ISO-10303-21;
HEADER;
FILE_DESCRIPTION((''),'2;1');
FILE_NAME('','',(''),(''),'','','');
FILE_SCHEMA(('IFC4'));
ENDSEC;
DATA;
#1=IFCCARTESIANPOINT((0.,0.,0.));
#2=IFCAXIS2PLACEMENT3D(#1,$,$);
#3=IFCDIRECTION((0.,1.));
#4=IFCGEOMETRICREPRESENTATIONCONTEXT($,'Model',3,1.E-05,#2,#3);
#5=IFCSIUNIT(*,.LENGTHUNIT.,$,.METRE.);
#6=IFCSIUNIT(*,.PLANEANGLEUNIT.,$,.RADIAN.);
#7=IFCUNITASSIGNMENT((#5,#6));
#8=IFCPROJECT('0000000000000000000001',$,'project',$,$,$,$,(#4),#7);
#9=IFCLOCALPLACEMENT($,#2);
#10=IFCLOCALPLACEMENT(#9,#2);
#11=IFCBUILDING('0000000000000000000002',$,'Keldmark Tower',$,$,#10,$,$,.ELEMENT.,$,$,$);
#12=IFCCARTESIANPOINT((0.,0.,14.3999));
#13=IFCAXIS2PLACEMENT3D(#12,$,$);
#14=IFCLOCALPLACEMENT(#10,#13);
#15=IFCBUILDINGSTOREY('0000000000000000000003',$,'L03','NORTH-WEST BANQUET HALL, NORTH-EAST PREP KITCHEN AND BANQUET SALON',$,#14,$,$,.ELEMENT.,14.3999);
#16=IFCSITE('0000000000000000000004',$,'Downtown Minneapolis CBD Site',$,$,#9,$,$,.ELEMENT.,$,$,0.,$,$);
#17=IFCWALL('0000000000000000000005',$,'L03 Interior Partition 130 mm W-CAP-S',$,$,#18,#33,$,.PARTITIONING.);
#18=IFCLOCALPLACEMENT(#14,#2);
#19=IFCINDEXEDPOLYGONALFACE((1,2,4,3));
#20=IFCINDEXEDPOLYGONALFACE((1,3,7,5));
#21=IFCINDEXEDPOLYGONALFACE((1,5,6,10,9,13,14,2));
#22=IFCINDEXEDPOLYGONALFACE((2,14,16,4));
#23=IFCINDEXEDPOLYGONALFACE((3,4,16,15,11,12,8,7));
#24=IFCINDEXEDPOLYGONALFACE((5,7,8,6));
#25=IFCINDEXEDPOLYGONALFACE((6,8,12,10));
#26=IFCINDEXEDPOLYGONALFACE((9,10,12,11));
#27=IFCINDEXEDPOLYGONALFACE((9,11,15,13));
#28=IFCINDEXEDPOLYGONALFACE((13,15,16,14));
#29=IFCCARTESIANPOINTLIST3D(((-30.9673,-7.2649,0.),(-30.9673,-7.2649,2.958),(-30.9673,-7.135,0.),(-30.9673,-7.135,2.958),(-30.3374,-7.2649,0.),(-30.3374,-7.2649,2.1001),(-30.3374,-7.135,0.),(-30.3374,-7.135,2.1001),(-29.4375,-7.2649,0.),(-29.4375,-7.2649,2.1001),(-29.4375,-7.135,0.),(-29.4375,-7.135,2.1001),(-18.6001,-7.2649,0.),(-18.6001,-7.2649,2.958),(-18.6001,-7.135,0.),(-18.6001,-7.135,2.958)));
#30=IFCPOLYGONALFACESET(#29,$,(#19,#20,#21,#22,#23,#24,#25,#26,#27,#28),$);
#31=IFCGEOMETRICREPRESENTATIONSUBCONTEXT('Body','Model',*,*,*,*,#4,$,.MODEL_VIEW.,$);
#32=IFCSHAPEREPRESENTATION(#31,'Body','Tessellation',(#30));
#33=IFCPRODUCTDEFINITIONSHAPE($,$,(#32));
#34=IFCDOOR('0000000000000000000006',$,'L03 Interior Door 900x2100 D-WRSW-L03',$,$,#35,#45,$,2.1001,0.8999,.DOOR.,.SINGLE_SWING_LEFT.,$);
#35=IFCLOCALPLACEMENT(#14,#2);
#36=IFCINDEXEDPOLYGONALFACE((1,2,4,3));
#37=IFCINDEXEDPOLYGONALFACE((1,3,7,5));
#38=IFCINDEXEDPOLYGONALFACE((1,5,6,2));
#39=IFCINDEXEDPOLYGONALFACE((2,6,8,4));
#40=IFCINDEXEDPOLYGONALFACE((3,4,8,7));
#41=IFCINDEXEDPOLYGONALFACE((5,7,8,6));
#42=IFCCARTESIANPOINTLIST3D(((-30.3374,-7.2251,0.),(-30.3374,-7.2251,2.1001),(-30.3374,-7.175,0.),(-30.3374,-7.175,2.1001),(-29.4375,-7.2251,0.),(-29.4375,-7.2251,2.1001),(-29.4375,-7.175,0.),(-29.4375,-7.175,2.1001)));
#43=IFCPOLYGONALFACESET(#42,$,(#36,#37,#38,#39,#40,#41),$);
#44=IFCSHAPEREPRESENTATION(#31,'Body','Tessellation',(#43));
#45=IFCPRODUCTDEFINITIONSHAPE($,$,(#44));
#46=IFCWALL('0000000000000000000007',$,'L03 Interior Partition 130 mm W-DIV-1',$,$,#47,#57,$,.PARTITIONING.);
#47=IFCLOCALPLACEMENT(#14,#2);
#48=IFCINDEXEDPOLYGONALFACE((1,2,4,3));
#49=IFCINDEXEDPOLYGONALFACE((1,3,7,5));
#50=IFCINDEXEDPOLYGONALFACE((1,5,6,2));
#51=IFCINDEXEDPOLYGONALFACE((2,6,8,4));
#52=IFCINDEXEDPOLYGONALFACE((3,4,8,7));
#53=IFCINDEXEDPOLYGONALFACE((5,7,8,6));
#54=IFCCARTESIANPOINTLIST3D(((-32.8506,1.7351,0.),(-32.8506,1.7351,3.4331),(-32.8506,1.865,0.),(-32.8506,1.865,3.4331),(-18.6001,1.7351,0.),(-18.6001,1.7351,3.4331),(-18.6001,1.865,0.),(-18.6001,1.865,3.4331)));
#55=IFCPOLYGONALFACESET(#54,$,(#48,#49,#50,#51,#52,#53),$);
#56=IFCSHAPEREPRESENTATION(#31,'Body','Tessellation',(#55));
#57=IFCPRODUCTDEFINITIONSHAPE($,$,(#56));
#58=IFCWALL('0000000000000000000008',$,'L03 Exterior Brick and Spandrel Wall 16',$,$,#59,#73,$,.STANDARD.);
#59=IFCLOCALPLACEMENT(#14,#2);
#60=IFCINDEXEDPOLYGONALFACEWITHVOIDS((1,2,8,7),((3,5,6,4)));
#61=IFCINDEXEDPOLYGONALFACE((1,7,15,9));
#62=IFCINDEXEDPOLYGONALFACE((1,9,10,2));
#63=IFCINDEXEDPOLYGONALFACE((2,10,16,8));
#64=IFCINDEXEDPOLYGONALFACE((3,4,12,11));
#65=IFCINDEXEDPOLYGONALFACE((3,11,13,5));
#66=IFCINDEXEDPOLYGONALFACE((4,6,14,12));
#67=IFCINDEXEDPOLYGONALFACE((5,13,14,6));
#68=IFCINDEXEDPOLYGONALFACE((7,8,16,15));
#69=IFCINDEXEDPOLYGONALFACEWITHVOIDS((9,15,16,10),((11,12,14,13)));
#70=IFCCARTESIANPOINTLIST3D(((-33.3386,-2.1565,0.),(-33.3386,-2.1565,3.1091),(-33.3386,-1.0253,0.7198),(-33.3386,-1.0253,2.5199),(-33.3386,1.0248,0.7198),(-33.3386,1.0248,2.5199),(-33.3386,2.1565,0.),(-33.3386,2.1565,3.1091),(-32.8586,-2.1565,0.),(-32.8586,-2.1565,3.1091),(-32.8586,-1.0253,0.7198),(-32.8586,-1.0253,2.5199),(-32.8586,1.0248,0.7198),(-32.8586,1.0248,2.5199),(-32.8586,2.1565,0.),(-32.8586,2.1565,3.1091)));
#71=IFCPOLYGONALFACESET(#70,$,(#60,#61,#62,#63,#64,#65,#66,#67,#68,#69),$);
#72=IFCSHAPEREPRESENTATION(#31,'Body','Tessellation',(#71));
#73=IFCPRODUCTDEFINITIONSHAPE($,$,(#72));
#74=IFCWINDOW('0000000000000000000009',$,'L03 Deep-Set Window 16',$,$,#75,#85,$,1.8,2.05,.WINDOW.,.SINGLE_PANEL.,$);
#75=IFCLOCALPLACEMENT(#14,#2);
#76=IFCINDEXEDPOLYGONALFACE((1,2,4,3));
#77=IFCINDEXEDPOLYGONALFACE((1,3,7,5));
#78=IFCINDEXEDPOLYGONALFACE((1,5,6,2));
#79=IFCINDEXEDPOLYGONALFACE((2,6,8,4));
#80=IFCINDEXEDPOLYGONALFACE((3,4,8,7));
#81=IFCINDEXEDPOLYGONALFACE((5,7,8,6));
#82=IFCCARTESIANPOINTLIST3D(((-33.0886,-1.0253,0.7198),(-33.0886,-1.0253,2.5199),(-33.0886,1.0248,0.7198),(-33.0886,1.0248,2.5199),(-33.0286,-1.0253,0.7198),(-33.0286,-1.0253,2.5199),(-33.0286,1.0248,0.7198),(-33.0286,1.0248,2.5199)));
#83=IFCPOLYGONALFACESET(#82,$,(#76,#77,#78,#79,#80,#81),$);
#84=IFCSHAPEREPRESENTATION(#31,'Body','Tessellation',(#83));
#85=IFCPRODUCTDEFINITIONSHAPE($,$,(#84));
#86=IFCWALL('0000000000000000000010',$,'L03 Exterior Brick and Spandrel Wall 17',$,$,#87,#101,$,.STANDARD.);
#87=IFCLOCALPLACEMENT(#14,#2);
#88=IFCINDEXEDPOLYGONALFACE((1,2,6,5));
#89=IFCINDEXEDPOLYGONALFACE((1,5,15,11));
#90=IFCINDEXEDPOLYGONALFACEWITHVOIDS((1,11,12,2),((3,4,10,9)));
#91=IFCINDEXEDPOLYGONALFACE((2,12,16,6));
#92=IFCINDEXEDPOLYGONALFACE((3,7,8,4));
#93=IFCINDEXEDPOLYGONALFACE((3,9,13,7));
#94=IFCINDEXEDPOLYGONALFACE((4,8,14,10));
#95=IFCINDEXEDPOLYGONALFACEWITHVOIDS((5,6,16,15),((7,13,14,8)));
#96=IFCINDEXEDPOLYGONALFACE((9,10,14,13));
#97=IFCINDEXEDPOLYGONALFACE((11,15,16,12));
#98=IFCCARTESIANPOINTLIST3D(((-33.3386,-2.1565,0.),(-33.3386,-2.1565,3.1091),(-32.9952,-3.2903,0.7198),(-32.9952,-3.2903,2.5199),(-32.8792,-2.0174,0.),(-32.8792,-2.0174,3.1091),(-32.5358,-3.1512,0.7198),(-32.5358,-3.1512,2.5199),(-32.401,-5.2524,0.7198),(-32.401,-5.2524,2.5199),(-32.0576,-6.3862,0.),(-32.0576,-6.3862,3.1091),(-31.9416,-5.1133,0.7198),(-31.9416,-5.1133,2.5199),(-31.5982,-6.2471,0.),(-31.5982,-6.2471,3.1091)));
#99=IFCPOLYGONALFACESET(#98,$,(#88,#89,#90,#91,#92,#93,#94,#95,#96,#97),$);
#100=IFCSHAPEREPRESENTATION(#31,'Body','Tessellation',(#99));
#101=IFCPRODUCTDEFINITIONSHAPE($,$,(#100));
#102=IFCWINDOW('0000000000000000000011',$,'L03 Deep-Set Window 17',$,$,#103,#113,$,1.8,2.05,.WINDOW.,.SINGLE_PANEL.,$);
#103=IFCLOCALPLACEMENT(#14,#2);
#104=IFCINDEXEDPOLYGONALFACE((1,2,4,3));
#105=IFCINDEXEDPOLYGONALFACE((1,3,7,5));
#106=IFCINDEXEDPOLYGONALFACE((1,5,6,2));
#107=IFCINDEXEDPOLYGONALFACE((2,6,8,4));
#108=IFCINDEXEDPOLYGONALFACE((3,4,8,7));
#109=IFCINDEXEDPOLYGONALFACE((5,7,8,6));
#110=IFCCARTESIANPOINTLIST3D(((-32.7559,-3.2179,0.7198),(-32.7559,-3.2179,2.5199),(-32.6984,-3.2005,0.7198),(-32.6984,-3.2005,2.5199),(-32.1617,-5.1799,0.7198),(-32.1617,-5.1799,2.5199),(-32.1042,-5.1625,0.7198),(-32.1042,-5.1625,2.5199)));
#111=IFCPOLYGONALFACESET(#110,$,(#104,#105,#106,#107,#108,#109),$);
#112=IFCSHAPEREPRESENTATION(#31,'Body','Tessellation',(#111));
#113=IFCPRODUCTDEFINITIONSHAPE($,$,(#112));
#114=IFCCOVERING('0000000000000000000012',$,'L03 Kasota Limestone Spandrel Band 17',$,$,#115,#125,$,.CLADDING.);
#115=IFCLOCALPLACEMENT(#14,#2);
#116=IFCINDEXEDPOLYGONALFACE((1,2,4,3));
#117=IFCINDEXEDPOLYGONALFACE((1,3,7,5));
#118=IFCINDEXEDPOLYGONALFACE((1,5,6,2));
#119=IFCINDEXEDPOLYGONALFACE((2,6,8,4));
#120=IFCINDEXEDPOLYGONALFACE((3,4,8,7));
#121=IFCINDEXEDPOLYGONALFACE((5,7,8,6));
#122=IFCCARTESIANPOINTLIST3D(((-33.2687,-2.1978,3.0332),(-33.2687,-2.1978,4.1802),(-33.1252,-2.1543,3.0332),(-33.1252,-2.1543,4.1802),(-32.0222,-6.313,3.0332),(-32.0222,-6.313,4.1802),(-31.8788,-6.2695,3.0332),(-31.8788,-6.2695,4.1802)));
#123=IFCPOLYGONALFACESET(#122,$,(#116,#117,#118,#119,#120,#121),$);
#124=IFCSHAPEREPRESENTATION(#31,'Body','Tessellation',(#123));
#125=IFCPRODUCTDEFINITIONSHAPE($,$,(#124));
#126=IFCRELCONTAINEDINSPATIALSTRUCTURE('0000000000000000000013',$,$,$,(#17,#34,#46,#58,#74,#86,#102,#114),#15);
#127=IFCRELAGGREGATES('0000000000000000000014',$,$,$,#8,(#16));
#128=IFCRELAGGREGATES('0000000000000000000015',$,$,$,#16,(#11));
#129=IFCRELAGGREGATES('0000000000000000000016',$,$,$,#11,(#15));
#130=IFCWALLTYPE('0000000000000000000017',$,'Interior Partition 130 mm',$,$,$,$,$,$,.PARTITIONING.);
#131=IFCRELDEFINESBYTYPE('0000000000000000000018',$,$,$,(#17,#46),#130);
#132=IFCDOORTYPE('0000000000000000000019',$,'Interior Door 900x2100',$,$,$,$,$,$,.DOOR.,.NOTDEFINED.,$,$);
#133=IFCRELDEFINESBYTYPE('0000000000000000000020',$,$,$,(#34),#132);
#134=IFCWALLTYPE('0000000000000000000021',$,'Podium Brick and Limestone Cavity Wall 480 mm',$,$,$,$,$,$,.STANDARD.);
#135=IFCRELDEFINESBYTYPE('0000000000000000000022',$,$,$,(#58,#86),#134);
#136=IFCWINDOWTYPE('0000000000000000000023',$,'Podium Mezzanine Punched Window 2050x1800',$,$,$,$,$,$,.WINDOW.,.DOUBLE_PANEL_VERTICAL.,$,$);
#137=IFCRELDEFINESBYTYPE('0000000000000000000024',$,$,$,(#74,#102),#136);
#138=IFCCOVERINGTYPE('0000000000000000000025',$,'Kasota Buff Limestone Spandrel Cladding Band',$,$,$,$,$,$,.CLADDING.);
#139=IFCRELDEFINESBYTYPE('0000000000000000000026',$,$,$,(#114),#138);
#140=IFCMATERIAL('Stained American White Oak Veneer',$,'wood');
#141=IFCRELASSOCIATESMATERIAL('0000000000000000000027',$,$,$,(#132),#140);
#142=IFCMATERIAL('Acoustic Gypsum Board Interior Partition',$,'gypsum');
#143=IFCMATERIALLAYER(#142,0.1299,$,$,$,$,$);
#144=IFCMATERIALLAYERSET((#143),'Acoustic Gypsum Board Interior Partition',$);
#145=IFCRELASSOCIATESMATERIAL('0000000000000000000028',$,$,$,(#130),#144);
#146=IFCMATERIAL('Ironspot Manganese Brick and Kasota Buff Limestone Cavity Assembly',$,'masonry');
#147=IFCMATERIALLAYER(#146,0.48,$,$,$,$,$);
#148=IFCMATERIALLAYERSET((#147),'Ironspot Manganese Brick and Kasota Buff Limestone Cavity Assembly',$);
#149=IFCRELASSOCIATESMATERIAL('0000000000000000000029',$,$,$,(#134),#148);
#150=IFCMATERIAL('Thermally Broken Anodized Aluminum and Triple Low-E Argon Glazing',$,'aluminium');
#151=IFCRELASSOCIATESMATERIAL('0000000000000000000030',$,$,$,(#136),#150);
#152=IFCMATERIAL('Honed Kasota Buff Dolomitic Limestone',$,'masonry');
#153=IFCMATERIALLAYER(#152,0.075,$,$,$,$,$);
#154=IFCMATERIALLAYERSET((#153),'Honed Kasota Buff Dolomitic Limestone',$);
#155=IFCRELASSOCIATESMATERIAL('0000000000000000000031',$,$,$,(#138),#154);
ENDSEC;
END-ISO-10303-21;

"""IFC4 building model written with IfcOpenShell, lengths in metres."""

from ifc_helpers import new_model, si_unit, direction, frame, frame_2d, origin, origin_2d, place, context, subcontext, project, spatial, rectangle, extrude, material, layer, layer_set, type_object, element, fill, save


model = new_model("IFC4")

# Units and contexts
model_context = context("Model", 3, precision=1e-05, world=origin(), true_north=direction((0.0, 1.0)))
body_context = subcontext(model_context, "Body", "Model", "MODEL_VIEW")
ifc_project = project(units=[si_unit("LENGTHUNIT", "METRE"), si_unit("PLANEANGLEUNIT", "RADIAN")], contexts=[model_context])

# Site, building, storey
site_placement = place(None, origin())
site = spatial("IfcSite", under=ifc_project, at=site_placement, Name="Downtown Minneapolis CBD Site", CompositionType="ELEMENT", RefElevation=0.0)
building_placement = place(site_placement, origin())
building = spatial("IfcBuilding", under=site, at=building_placement, Name="Keldmark Tower", CompositionType="ELEMENT")
storey_placement = place(building_placement, frame((0.0, 0.0, 14.3999)))
storey = spatial("IfcBuildingStorey", under=building, at=storey_placement, Name="L03", Description="NORTH-WEST BANQUET HALL, NORTH-EAST PREP KITCHEN AND BANQUET SALON", CompositionType="ELEMENT", Elevation=14.3999)

# Shared definitions
ifc_material_1 = material(Name="Stained American White Oak Veneer", Category="wood")
door_type = type_object("IfcDoorType", Name="Interior Door 900x2100", OperationType="NOTDEFINED", PredefinedType="DOOR", material=ifc_material_1)

# Wall, opening, door
ifc_material_2 = material(Name="Acoustic Gypsum Board Interior Partition", Category="gypsum")
ifc_layer_1 = layer(ifc_material_2, 0.1299)
ifc_layer_set_1 = layer_set([ifc_layer_1], Name="Acoustic Gypsum Board Interior Partition")
wall_type_1 = type_object("IfcWallType", Name="Interior Partition 130 mm", PredefinedType="PARTITIONING", material=ifc_layer_set_1)
wall_1_placement = place(storey_placement, frame((-30.9673, -7.2, 0.0), z_axis=(0.0, 0.0, 1.0), x_axis=(1.0, 0.0, 0.0)))
wall_1 = element("IfcWall", 1, at=wall_1_placement, inside=storey, type_object=wall_type_1, Name="L03 Interior Partition 130 mm W-CAP-S", PredefinedType="PARTITIONING", context=body_context, shape_type="SweptSolid", body=[
    extrude(rectangle(XDim=12.3672, YDim=0.1299, at=frame_2d((6.1836, 0.0))), origin(), (0.0, 0.0, 1.0), 2.958),
])
opening_1_placement = place(wall_1_placement, frame((0.6299, 0.0, 0.0)))
opening_1 = element("IfcOpeningElement", 2, at=opening_1_placement, cuts=wall_1, PredefinedType="OPENING", context=body_context, shape_type="SweptSolid", body=[
    extrude(rectangle(XDim=0.8999, YDim=2.1001, at=frame_2d((0.45, 1.05))), frame((0.0, 0.075, 0.0), z_axis=(0.0, -1.0, 0.0), x_axis=(1.0, 0.0, 0.0)), (0.0, 0.0, 1.0), 0.1499),
])
door_1_placement = place(opening_1_placement, origin())
door_1 = element("IfcDoor", 3, at=door_1_placement, inside=storey, type_object=door_type, Name="L03 Interior Door 900x2100 D-WRSW-L03", OperationType="SINGLE_SWING_LEFT", OverallHeight=2.1001, OverallWidth=0.8999, PredefinedType="DOOR", context=body_context, shape_type="SweptSolid", body=[
    extrude(rectangle(XDim=0.8999, YDim=2.1001, at=frame_2d((0.45, 1.05))), frame((0.0, 0.0249, 0.0), z_axis=(0.0, -1.0, 0.0), x_axis=(1.0, 0.0, 0.0)), (0.0, 0.0, 1.0), 0.05),
])
fill(opening_1, door_1)

# Wall
wall_2_placement = place(storey_placement, frame((-32.8506, 1.8, 0.0), z_axis=(0.0, 0.0, 1.0), x_axis=(1.0, 0.0, 0.0)))
element("IfcWall", 4, at=wall_2_placement, inside=storey, type_object=wall_type_1, Name="L03 Interior Partition 130 mm W-DIV-1", PredefinedType="PARTITIONING", context=body_context, shape_type="SweptSolid", body=[
    extrude(rectangle(XDim=14.2505, YDim=0.1299, at=frame_2d((7.1252, 0.0))), origin(), (0.0, 0.0, 1.0), 3.4331),
])

# Walls, openings, windows
ifc_material_3 = material(Name="Ironspot Manganese Brick and Kasota Buff Limestone Cavity Assembly", Category="masonry")
ifc_layer_2 = layer(ifc_material_3, 0.48)
ifc_layer_set_2 = layer_set([ifc_layer_2], Name="Ironspot Manganese Brick and Kasota Buff Limestone Cavity Assembly")
wall_type_2 = type_object("IfcWallType", Name="Podium Brick and Limestone Cavity Wall 480 mm", PredefinedType="STANDARD", material=ifc_layer_set_2)
wall_3_placement = place(storey_placement, frame((-33.0986, -2.1565, 0.0), z_axis=(0.0, 0.0, 1.0), x_axis=(0.0, 1.0, 0.0)))
wall_3 = element("IfcWall", 5, at=wall_3_placement, inside=storey, type_object=wall_type_2, Name="L03 Exterior Brick and Spandrel Wall 16", PredefinedType="STANDARD", context=body_context, shape_type="SweptSolid", body=[
    extrude(rectangle(XDim=4.313, YDim=0.48, at=frame_2d((2.1565, 0.0))), origin(), (0.0, 0.0, 1.0), 3.1091),
])
opening_2_placement = place(wall_3_placement, frame((1.1313, 0.0, 0.72)))
opening_2 = element("IfcOpeningElement", 6, at=opening_2_placement, cuts=wall_3, PredefinedType="OPENING", context=body_context, shape_type="SweptSolid", body=[
    extrude(rectangle(XDim=2.05, YDim=1.8, at=frame_2d((1.0249, 0.8999))), frame((0.0, 0.25, 0.0), z_axis=(0.0, -1.0, 0.0), x_axis=(1.0, 0.0, 0.0)), (0.0, 0.0, 1.0), 0.5),
])
ifc_material_4 = material(Name="Thermally Broken Anodized Aluminum and Triple Low-E Argon Glazing", Category="aluminium")
window_type = type_object("IfcWindowType", Name="Podium Mezzanine Punched Window 2050x1800", PartitioningType="DOUBLE_PANEL_VERTICAL", PredefinedType="WINDOW", material=ifc_material_4)
window_1_placement = place(opening_2_placement, origin())
window_1 = element("IfcWindow", 7, at=window_1_placement, inside=storey, type_object=window_type, Name="L03 Deep-Set Window 16", OverallHeight=1.8, OverallWidth=2.05, PartitioningType="SINGLE_PANEL", PredefinedType="WINDOW", context=body_context, shape_type="SweptSolid", body=[
    extrude(rectangle(XDim=2.05, YDim=1.8, at=frame_2d((1.0249, 0.8999))), frame((0.0, -0.01, 0.0), z_axis=(0.0, -1.0, 0.0), x_axis=(1.0, 0.0, 0.0)), (0.0, 0.0, 1.0), 0.0601),
])
fill(opening_2, window_1)
wall_4_placement = place(storey_placement, frame((-31.8279, -6.3167, 0.0), z_axis=(0.0, 0.0, 1.0), x_axis=(-0.289856, 0.95707, 0.0)))
wall_4 = element("IfcWall", 8, at=wall_4_placement, inside=storey, type_object=wall_type_2, Name="L03 Exterior Brick and Spandrel Wall 17", PredefinedType="STANDARD", context=body_context, shape_type="SweptSolid", body=[
    extrude(rectangle(XDim=4.4194, YDim=0.48, at=frame_2d((2.2097, 0.0))), origin(), (0.0, 0.0, 1.0), 3.1091),
])
opening_3_placement = place(wall_4_placement, frame((1.1848, 0.0, 0.72)))
opening_3 = element("IfcOpeningElement", 9, at=opening_3_placement, cuts=wall_4, PredefinedType="OPENING", context=body_context, shape_type="SweptSolid", body=[
    extrude(rectangle(XDim=2.05, YDim=1.8, at=frame_2d((1.0249, 0.8999))), frame((0.0, 0.25, 0.0), z_axis=(0.0, -1.0, 0.0), x_axis=(1.0, 0.0, 0.0)), (0.0, 0.0, 1.0), 0.5),
])
window_2_placement = place(opening_3_placement, origin())
window_2 = element("IfcWindow", 10, at=window_2_placement, inside=storey, type_object=window_type, Name="L03 Deep-Set Window 17", OverallHeight=1.8, OverallWidth=2.05, PartitioningType="SINGLE_PANEL", PredefinedType="WINDOW", context=body_context, shape_type="SweptSolid", body=[
    extrude(rectangle(XDim=2.05, YDim=1.8, at=frame_2d((1.0249, 0.8999))), frame((0.0, -0.01, 0.0), z_axis=(0.0, -1.0, 0.0), x_axis=(1.0, 0.0, 0.0)), (0.0, 0.0, 1.0), 0.0601),
])
fill(opening_3, window_2)

# Covering
ifc_material_5 = material(Name="Honed Kasota Buff Dolomitic Limestone", Category="masonry")
ifc_layer_3 = layer(ifc_material_5, 0.075)
ifc_layer_set_3 = layer_set([ifc_layer_3], Name="Honed Kasota Buff Dolomitic Limestone")
covering_type = type_object("IfcCoveringType", Name="Kasota Buff Limestone Spandrel Cladding Band", PredefinedType="CLADDING", material=ifc_layer_set_3)
covering_placement = place(storey_placement, frame((-32.5737, -4.2336, 3.0332), z_axis=(0.0, 0.0, 1.0), x_axis=(0.289884, -0.957062, 0.0)))
element("IfcCovering", 11, at=covering_placement, inside=storey, type_object=covering_type, Name="L03 Kasota Limestone Spandrel Band 17", PredefinedType="CLADDING", context=body_context, shape_type="SweptSolid", body=[
    extrude(rectangle(XDim=4.2998, YDim=0.1499, at=origin_2d()), origin(), (0.0, 0.0, 1.0), 1.147),
])

save(model, "model.ifc")
